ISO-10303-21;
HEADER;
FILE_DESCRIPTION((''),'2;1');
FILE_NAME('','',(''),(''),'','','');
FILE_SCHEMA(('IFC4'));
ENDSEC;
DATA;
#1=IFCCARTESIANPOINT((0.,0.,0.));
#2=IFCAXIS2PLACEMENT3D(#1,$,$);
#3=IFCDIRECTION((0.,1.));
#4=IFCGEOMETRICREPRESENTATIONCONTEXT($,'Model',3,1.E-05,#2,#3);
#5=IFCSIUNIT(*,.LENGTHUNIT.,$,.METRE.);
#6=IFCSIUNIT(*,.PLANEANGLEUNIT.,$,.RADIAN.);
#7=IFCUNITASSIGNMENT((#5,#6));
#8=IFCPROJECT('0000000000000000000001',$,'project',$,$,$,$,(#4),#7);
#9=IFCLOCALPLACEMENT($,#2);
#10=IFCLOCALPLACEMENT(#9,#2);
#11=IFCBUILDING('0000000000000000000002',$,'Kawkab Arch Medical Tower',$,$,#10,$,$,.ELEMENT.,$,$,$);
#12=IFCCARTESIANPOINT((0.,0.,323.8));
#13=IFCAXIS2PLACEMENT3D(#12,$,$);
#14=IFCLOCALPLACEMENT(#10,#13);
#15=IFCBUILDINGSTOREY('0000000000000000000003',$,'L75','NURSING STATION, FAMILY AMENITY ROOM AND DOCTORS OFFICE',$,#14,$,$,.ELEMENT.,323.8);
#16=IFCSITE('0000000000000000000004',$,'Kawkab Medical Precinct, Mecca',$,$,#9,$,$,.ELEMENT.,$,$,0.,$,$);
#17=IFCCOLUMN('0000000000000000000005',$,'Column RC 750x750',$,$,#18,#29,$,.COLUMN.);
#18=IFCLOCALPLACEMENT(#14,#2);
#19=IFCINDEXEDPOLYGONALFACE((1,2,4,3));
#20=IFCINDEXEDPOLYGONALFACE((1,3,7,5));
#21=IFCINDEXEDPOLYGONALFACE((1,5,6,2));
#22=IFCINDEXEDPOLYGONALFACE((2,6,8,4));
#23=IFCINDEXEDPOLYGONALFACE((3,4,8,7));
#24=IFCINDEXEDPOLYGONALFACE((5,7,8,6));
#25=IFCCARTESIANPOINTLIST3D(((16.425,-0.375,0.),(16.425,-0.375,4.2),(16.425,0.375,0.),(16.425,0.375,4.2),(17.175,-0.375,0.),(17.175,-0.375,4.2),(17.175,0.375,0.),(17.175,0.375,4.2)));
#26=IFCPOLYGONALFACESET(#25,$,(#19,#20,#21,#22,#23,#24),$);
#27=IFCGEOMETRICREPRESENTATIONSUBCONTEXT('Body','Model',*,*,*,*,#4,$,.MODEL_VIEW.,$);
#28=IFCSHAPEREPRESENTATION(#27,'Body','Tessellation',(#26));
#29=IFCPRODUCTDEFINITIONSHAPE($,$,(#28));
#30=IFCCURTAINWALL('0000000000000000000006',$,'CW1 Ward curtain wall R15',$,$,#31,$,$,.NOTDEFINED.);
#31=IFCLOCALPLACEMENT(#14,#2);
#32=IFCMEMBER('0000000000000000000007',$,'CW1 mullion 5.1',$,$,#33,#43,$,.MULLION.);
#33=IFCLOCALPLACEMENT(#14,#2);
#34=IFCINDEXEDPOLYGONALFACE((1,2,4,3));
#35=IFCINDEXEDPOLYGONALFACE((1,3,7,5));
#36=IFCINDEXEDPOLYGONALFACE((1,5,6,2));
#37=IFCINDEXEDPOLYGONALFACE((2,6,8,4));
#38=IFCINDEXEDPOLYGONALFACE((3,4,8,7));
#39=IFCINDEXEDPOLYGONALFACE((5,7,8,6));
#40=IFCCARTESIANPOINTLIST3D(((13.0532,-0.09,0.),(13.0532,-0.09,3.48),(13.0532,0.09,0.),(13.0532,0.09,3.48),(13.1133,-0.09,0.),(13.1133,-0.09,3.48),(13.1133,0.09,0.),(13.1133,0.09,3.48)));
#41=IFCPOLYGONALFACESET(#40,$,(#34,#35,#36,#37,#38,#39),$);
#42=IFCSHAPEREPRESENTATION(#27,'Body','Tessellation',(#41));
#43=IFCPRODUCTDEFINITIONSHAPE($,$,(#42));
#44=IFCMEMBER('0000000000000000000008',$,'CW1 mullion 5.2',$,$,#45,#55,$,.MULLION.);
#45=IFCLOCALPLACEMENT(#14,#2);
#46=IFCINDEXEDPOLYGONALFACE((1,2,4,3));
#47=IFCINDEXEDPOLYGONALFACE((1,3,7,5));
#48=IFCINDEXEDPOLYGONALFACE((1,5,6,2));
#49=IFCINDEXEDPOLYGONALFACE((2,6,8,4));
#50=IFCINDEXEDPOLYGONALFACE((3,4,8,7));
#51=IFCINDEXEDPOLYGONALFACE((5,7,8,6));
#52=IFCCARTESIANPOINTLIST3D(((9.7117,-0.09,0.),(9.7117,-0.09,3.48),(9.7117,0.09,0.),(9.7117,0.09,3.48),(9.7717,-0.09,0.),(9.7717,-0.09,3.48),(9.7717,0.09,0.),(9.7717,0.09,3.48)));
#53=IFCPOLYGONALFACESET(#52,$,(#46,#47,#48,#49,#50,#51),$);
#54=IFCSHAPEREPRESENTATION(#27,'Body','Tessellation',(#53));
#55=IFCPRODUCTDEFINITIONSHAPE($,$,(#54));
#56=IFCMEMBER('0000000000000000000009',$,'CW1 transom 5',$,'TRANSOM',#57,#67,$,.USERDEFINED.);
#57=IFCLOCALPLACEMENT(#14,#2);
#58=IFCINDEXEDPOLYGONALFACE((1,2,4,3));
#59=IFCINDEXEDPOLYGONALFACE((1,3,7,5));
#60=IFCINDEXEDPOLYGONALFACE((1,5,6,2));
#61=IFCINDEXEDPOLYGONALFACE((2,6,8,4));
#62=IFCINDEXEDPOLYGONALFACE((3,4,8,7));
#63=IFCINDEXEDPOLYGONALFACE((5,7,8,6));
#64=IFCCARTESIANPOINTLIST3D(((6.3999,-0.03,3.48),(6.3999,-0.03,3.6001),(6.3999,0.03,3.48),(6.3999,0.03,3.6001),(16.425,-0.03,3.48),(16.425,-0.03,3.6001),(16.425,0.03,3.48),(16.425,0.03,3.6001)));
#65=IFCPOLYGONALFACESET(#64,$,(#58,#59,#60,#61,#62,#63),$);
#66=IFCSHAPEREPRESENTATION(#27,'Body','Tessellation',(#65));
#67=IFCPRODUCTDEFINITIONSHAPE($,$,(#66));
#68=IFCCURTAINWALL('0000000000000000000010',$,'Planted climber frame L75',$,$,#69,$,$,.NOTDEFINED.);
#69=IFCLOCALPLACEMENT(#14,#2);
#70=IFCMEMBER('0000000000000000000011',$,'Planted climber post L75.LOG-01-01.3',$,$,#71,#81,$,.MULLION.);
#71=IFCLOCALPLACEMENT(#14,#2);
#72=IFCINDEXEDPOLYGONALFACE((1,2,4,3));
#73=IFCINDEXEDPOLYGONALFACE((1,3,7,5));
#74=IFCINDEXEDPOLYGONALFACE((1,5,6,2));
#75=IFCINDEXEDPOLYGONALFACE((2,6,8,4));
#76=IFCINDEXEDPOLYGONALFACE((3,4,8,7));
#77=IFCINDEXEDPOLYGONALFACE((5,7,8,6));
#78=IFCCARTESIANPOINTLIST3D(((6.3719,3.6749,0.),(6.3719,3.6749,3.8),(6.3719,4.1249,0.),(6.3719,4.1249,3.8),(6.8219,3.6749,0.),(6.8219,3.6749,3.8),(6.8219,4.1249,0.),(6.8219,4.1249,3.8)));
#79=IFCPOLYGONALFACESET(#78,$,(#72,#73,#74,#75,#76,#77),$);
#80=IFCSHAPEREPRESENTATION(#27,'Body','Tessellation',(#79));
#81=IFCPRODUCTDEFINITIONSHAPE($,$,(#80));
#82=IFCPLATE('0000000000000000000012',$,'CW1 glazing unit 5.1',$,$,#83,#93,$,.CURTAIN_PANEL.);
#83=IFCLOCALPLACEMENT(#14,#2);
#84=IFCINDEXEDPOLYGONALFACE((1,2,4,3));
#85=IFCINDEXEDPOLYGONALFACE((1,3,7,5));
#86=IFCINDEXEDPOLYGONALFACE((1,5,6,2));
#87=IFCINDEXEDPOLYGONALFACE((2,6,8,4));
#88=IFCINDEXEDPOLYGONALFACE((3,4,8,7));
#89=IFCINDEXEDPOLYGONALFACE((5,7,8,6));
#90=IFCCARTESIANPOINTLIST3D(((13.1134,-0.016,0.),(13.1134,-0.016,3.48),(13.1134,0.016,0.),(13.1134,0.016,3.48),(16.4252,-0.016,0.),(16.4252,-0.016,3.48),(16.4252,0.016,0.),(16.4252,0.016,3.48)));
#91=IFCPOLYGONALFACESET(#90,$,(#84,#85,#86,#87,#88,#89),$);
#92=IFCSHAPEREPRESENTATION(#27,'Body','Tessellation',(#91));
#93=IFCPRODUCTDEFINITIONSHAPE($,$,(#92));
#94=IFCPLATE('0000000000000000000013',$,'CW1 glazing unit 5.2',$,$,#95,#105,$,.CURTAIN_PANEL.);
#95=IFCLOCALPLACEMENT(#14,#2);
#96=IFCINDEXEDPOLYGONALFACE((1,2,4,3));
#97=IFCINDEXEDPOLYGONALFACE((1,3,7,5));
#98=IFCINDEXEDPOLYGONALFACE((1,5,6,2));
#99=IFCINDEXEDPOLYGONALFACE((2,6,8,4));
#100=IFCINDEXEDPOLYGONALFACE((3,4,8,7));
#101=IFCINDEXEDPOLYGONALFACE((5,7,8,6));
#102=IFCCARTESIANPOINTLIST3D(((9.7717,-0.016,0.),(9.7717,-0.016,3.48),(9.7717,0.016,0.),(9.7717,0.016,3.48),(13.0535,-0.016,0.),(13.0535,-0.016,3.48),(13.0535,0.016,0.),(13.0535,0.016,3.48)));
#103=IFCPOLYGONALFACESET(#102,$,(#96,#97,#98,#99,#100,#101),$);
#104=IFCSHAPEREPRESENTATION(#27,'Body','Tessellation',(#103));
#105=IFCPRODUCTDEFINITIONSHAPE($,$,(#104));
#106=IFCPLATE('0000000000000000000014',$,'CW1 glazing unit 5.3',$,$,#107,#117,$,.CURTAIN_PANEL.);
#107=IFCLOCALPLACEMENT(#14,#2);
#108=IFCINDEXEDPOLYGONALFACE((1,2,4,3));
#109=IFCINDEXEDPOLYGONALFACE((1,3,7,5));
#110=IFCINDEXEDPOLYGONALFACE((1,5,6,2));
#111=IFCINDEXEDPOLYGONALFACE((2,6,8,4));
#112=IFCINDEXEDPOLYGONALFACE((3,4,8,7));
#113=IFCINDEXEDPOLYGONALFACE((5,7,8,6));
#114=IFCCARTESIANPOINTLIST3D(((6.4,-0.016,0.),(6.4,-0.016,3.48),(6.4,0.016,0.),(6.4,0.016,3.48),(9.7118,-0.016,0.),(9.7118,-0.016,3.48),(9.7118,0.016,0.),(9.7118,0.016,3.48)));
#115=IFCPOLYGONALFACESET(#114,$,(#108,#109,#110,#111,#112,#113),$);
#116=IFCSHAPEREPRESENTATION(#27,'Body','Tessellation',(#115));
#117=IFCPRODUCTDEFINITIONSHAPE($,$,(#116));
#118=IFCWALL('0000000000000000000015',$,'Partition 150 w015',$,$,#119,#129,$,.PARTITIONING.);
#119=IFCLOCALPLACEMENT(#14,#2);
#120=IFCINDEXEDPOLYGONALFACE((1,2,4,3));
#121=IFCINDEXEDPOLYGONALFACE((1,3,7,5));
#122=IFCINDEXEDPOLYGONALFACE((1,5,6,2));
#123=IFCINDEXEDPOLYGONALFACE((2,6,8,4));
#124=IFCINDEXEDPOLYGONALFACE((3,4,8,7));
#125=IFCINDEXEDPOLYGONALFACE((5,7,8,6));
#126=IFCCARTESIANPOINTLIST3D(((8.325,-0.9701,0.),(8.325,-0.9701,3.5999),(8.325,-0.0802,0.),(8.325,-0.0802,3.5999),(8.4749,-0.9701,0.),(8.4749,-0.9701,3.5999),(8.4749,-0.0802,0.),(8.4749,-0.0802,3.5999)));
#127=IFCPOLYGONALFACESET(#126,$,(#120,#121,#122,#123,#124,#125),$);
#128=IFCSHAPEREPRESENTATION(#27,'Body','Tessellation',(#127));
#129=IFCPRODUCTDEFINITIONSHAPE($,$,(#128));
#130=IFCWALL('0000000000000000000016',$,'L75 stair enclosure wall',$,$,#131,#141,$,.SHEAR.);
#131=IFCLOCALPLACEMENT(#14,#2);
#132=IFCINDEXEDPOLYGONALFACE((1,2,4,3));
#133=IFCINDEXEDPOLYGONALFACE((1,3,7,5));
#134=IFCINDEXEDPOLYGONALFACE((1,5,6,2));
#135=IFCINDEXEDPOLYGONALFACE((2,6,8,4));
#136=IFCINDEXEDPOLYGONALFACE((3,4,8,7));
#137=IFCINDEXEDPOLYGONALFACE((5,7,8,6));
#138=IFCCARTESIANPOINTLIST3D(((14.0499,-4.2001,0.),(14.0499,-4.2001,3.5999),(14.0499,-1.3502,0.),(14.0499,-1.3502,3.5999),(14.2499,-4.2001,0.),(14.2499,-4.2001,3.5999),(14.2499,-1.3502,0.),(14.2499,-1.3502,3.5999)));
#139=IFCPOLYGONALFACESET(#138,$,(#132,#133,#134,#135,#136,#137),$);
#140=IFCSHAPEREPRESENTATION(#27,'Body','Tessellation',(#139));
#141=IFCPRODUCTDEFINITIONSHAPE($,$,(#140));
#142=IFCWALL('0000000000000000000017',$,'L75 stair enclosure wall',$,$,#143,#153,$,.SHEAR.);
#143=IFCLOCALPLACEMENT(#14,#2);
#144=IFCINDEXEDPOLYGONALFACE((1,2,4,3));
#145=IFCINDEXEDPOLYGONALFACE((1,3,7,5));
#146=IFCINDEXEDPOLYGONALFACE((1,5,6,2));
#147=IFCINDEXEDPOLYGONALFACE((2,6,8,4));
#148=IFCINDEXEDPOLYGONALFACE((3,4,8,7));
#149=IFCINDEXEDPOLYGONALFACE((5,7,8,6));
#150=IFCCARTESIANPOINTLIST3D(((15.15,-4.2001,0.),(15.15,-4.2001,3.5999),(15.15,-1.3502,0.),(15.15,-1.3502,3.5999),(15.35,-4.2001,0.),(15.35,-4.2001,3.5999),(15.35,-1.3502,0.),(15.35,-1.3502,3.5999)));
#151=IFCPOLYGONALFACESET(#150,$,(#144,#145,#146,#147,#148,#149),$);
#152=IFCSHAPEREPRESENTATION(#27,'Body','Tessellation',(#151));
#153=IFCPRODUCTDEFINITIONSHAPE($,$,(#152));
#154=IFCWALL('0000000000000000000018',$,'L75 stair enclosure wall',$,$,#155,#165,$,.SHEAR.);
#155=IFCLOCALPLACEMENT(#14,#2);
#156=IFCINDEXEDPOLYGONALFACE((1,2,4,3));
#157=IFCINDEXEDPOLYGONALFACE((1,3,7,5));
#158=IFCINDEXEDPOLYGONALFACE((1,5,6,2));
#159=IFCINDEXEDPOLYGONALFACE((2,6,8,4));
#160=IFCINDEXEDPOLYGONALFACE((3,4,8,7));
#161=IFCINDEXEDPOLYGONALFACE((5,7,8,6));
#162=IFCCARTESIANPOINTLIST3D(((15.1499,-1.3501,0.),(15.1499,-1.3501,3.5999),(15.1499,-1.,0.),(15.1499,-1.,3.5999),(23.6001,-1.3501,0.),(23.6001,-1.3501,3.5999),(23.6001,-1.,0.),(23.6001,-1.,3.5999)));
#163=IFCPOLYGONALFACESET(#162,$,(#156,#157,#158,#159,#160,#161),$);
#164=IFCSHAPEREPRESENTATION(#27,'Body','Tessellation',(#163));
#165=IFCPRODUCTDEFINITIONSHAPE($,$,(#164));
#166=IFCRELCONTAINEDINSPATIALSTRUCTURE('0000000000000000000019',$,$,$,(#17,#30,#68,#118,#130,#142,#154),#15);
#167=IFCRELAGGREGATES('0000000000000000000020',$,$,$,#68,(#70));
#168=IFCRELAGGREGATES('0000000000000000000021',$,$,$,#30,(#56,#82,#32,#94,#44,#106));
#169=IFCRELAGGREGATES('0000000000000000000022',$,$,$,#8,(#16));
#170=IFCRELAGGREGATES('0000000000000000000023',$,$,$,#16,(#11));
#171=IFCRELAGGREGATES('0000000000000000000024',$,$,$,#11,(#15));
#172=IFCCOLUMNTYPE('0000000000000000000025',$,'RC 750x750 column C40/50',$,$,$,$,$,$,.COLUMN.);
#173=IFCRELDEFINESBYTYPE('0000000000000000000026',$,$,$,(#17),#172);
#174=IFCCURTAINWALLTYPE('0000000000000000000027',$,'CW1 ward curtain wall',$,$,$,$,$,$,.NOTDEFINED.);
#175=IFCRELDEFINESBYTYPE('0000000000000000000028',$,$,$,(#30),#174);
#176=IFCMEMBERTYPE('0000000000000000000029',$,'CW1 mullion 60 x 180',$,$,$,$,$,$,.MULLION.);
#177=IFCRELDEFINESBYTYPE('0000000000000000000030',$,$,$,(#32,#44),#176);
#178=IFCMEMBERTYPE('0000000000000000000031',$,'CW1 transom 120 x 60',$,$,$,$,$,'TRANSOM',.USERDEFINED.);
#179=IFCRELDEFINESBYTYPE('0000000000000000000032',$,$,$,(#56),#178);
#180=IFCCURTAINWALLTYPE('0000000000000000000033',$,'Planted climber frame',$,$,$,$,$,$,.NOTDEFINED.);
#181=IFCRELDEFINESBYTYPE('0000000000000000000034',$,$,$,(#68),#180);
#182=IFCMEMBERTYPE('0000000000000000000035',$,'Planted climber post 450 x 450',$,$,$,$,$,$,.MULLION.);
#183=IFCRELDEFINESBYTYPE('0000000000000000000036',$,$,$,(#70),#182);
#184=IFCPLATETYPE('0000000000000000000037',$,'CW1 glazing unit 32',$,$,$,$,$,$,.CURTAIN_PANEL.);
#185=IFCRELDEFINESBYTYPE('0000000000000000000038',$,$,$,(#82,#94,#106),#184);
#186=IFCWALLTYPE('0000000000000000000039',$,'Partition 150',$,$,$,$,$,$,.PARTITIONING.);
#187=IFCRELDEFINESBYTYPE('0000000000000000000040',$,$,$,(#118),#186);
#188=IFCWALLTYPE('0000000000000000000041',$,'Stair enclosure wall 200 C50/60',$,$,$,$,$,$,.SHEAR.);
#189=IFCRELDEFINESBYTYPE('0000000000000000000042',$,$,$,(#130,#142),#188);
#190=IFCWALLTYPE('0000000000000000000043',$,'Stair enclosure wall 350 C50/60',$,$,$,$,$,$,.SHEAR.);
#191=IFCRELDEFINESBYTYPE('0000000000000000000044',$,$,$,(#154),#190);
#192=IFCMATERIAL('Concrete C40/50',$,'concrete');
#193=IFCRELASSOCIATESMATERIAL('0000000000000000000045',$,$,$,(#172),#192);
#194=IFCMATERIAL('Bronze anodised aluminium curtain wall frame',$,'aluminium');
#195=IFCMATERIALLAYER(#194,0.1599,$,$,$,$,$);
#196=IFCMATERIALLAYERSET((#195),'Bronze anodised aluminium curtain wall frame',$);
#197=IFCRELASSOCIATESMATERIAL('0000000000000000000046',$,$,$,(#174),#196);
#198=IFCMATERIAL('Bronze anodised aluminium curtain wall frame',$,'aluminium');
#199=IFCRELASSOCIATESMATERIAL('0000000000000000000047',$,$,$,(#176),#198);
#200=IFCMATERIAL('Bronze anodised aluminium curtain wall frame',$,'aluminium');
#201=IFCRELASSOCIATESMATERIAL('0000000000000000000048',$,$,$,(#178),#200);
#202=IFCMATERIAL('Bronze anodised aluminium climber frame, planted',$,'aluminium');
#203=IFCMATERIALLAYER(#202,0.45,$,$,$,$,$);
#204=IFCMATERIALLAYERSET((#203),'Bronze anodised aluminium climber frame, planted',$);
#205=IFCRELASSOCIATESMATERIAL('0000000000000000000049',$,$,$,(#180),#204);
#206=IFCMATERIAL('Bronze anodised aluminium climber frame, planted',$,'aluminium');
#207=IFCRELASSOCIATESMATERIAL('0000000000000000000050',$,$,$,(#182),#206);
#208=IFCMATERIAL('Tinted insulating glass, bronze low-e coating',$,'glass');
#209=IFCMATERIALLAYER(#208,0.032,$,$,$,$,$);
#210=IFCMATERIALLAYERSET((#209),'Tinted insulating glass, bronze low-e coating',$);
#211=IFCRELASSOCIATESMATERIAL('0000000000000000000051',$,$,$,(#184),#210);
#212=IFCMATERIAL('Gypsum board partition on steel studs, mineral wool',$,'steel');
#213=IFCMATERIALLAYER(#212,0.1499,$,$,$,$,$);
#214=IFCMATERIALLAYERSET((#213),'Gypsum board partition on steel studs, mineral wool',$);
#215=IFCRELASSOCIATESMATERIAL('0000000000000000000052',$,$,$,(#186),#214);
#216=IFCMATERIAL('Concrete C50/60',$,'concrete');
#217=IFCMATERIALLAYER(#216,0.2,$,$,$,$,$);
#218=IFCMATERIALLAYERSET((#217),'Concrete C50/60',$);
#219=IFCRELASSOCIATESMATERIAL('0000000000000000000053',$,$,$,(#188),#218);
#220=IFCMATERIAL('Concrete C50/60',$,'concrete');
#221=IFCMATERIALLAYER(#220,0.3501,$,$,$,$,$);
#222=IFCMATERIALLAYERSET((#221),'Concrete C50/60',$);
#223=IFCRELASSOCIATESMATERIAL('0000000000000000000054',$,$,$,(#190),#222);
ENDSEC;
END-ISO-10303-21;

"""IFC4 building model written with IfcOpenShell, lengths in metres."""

from ifc_helpers import new_model, si_unit, direction, frame, frame_2d, origin, origin_2d, place, context, subcontext, project, spatial, rectangle, extrude, material, layer, layer_set, material_profile, profile_set, type_object, element, aggregate, save


model = new_model("IFC4")

# Units and contexts
model_context = context("Model", 3, precision=1e-05, world=origin(), true_north=direction((0.0, 1.0)))
body_context = subcontext(model_context, "Body", "Model", "MODEL_VIEW")
ifc_project = project(units=[si_unit("LENGTHUNIT", "METRE"), si_unit("PLANEANGLEUNIT", "RADIAN")], contexts=[model_context])

# Site, building, storey
site_placement = place(None, origin())
site = spatial("IfcSite", under=ifc_project, at=site_placement, Name="Kawkab Medical Precinct, Mecca", CompositionType="ELEMENT", RefElevation=0.0)
building_placement = place(site_placement, origin())
building = spatial("IfcBuilding", under=site, at=building_placement, Name="Kawkab Arch Medical Tower", CompositionType="ELEMENT")
storey_placement = place(building_placement, frame((0.0, 0.0, 323.8)))
storey = spatial("IfcBuildingStorey", under=building, at=storey_placement, Name="L75", Description="NURSING STATION, FAMILY AMENITY ROOM AND DOCTORS OFFICE", CompositionType="ELEMENT", Elevation=323.8)

# Column
ifc_material_1 = material(Name="Concrete C40/50", Category="concrete")
ifc_material_profile_1 = material_profile(ifc_material_1, rectangle(XDim=0.75, YDim=0.75, at=origin_2d()), Name="RC 750x750")
ifc_profile_set_1 = profile_set([ifc_material_profile_1], Name="Concrete C40/50")
column_type = type_object("IfcColumnType", Name="RC 750x750 column C40/50", PredefinedType="COLUMN", material=ifc_profile_set_1)
column_placement = place(storey_placement, frame((16.8, 0.0, 0.0), z_axis=(0.0, 0.0, 1.0), x_axis=(1.0, 0.0, 0.0)))
element("IfcColumn", 1, at=column_placement, inside=storey, type_object=column_type, Name="Column RC 750x750", PredefinedType="COLUMN", context=body_context, shape_type="SweptSolid", body=[
    extrude(rectangle(XDim=0.75, YDim=0.75, at=origin_2d()), origin(), (0.0, 0.0, 1.0), 4.2),
])

# Curtain wall, members
ifc_material_2 = material(Name="Bronze anodised aluminium curtain wall frame", Category="aluminium")
ifc_layer_1 = layer(ifc_material_2, 0.1599)
ifc_layer_set_1 = layer_set([ifc_layer_1], Name="Bronze anodised aluminium curtain wall frame")
curtain_wall_type_1 = type_object("IfcCurtainWallType", Name="CW1 ward curtain wall", PredefinedType="NOTDEFINED", material=ifc_layer_set_1)
placement = place(storey_placement, origin())
curtain_wall_1 = element("IfcCurtainWall", 2, at=placement, inside=storey, type_object=curtain_wall_type_1, Name="CW1 Ward curtain wall R15", PredefinedType="NOTDEFINED")
ifc_material_3 = material(Name="Bronze anodised aluminium curtain wall frame", Category="aluminium")
ifc_material_profile_2 = material_profile(ifc_material_3, rectangle(XDim=0.1799, YDim=0.0601, at=origin_2d()), Name="AL 60x180")
ifc_profile_set_2 = profile_set([ifc_material_profile_2], Name="Bronze anodised aluminium curtain wall frame")
member_type_1 = type_object("IfcMemberType", Name="CW1 mullion 60 x 180", PredefinedType="MULLION", material=ifc_profile_set_2)
member_1_placement = place(storey_placement, frame((13.0833, 0.0, 0.0), z_axis=(0.0, 0.0, 1.0), x_axis=(0.0, -1.0, 0.0)))
member_1 = element("IfcMember", 3, at=member_1_placement, type_object=member_type_1, Name="CW1 mullion 5.1", PredefinedType="MULLION", context=body_context, shape_type="SweptSolid", body=[
    extrude(rectangle(XDim=0.1799, YDim=0.0601, at=origin_2d()), origin(), (0.0, 0.0, 1.0), 3.48),
])
member_2_placement = place(storey_placement, frame((9.7417, 0.0, 0.0), z_axis=(0.0, 0.0, 1.0), x_axis=(0.0, -1.0, 0.0)))
member_2 = element("IfcMember", 4, at=member_2_placement, type_object=member_type_1, Name="CW1 mullion 5.2", PredefinedType="MULLION", context=body_context, shape_type="SweptSolid", body=[
    extrude(rectangle(XDim=0.1799, YDim=0.0601, at=origin_2d()), origin(), (0.0, 0.0, 1.0), 3.48),
])
ifc_material_4 = material(Name="Bronze anodised aluminium curtain wall frame", Category="aluminium")
ifc_material_profile_3 = material_profile(ifc_material_4, rectangle(XDim=0.0601, YDim=0.1201, at=origin_2d()), Name="AL 60x120")
ifc_profile_set_3 = profile_set([ifc_material_profile_3], Name="Bronze anodised aluminium curtain wall frame")
member_type_2 = type_object("IfcMemberType", Name="CW1 transom 120 x 60", ElementType="TRANSOM", PredefinedType="USERDEFINED", material=ifc_profile_set_3)
member_3_placement = place(storey_placement, frame((16.425, 0.0, 3.54), z_axis=(-1.0, 0.0, 0.0), x_axis=(0.0, -1.0, 0.0)))
member_3 = element("IfcMember", 5, at=member_3_placement, type_object=member_type_2, Name="CW1 transom 5", ObjectType="TRANSOM", PredefinedType="USERDEFINED", context=body_context, shape_type="SweptSolid", body=[
    extrude(rectangle(XDim=0.0601, YDim=0.1201, at=origin_2d()), origin(), (0.0, 0.0, 1.0), 10.0251),
])

# Curtain wall, member
ifc_material_5 = material(Name="Bronze anodised aluminium climber frame, planted", Category="aluminium")
ifc_layer_2 = layer(ifc_material_5, 0.45)
ifc_layer_set_2 = layer_set([ifc_layer_2], Name="Bronze anodised aluminium climber frame, planted")
curtain_wall_type_2 = type_object("IfcCurtainWallType", Name="Planted climber frame", PredefinedType="NOTDEFINED", material=ifc_layer_set_2)
curtain_wall_2 = element("IfcCurtainWall", 6, at=placement, inside=storey, type_object=curtain_wall_type_2, Name="Planted climber frame L75", PredefinedType="NOTDEFINED")
ifc_material_6 = material(Name="Bronze anodised aluminium climber frame, planted", Category="aluminium")
ifc_material_profile_4 = material_profile(ifc_material_6, rectangle(XDim=0.45, YDim=0.45, at=origin_2d()), Name="Post 450x450")
ifc_profile_set_4 = profile_set([ifc_material_profile_4], Name="Bronze anodised aluminium climber frame, planted")
member_type_3 = type_object("IfcMemberType", Name="Planted climber post 450 x 450", PredefinedType="MULLION", material=ifc_profile_set_4)
member_4_placement = place(storey_placement, frame((6.5969, 3.8999, 0.0), z_axis=(0.0, 0.0, 1.0), x_axis=(1.0, 0.0, 0.0)))
member_4 = element("IfcMember", 7, at=member_4_placement, type_object=member_type_3, Name="Planted climber post L75.LOG-01-01.3", PredefinedType="MULLION", context=body_context, shape_type="SweptSolid", body=[
    extrude(rectangle(XDim=0.45, YDim=0.45, at=origin_2d()), origin(), (0.0, 0.0, 1.0), 3.8),
])
aggregate(curtain_wall_2, [member_4])

# Plates
ifc_material_7 = material(Name="Tinted insulating glass, bronze low-e coating", Category="glass")
ifc_layer_3 = layer(ifc_material_7, 0.032)
ifc_layer_set_3 = layer_set([ifc_layer_3], Name="Tinted insulating glass, bronze low-e coating")
plate_type = type_object("IfcPlateType", Name="CW1 glazing unit 32", PredefinedType="CURTAIN_PANEL", material=ifc_layer_set_3)
plate_1_placement = place(storey_placement, frame((14.7693, 0.0, 0.0), z_axis=(0.0, 0.0, 1.0), x_axis=(-1.0, 0.0, 0.0)))
plate_1 = element("IfcPlate", 8, at=plate_1_placement, type_object=plate_type, Name="CW1 glazing unit 5.1", PredefinedType="CURTAIN_PANEL", context=body_context, shape_type="SweptSolid", body=[
    extrude(rectangle(XDim=3.3118, YDim=0.032, at=origin_2d()), origin(), (0.0, 0.0, 1.0), 3.48),
])
plate_2_placement = place(storey_placement, frame((11.4126, 0.0, 0.0), z_axis=(0.0, 0.0, 1.0), x_axis=(-1.0, 0.0, 0.0)))
plate_2 = element("IfcPlate", 9, at=plate_2_placement, type_object=plate_type, Name="CW1 glazing unit 5.2", PredefinedType="CURTAIN_PANEL", context=body_context, shape_type="SweptSolid", body=[
    extrude(rectangle(XDim=3.2817, YDim=0.032, at=origin_2d()), origin(), (0.0, 0.0, 1.0), 3.48),
])
plate_3_placement = place(storey_placement, frame((8.0559, 0.0, 0.0), z_axis=(0.0, 0.0, 1.0), x_axis=(-1.0, 0.0, 0.0)))
plate_3 = element("IfcPlate", 10, at=plate_3_placement, type_object=plate_type, Name="CW1 glazing unit 5.3", PredefinedType="CURTAIN_PANEL", context=body_context, shape_type="SweptSolid", body=[
    extrude(rectangle(XDim=3.3118, YDim=0.032, at=origin_2d()), origin(), (0.0, 0.0, 1.0), 3.48),
])
aggregate(curtain_wall_1, [member_3, plate_1, member_1, plate_2, member_2, plate_3])

# Walls
ifc_material_8 = material(Name="Gypsum board partition on steel studs, mineral wool", Category="steel")
ifc_layer_4 = layer(ifc_material_8, 0.1499)
ifc_layer_set_4 = layer_set([ifc_layer_4], Name="Gypsum board partition on steel studs, mineral wool")
wall_type_1 = type_object("IfcWallType", Name="Partition 150", PredefinedType="PARTITIONING", material=ifc_layer_set_4)
wall_1_placement = place(storey_placement, frame((8.3999, -0.97, 0.0), z_axis=(0.0, 0.0, 1.0), x_axis=(0.0, 1.0, 0.0)))
element("IfcWall", 11, at=wall_1_placement, inside=storey, type_object=wall_type_1, Name="Partition 150 w015", PredefinedType="PARTITIONING", context=body_context, shape_type="SweptSolid", body=[
    extrude(rectangle(XDim=0.8899, YDim=0.1499, at=frame_2d((0.4448, 0.0))), origin(), (0.0, 0.0, 1.0), 3.5999),
])
ifc_material_9 = material(Name="Concrete C50/60", Category="concrete")
ifc_layer_5 = layer(ifc_material_9, 0.2)
ifc_layer_set_5 = layer_set([ifc_layer_5], Name="Concrete C50/60")
wall_type_2 = type_object("IfcWallType", Name="Stair enclosure wall 200 C50/60", PredefinedType="SHEAR", material=ifc_layer_set_5)
for number, where, z_axis, x_axis, name in (
    (12, (14.1499, -4.2, 0.0), (0.0, 0.0, 1.0), (0.0, 1.0, 0.0), "L75 stair enclosure wall"),
    (13, (15.25, -4.2, 0.0), (0.0, 0.0, 1.0), (0.0, 1.0, 0.0), "L75 stair enclosure wall"),
):
    element("IfcWall", number, at=place(storey_placement, frame(where, z_axis=z_axis, x_axis=x_axis)), inside=storey, type_object=wall_type_2, Name=name, PredefinedType="SHEAR", context=body_context, shape_type="SweptSolid", body=[
        extrude(rectangle(XDim=2.8499, YDim=0.2, at=frame_2d((1.4248, 0.0))), origin(), (0.0, 0.0, 1.0), 3.5999),
    ])
ifc_material_10 = material(Name="Concrete C50/60", Category="concrete")
ifc_layer_6 = layer(ifc_material_10, 0.3501)
ifc_layer_set_6 = layer_set([ifc_layer_6], Name="Concrete C50/60")
wall_type_3 = type_object("IfcWallType", Name="Stair enclosure wall 350 C50/60", PredefinedType="SHEAR", material=ifc_layer_set_6)
wall_2_placement = place(storey_placement, frame((15.1499, -1.175, 0.0), z_axis=(0.0, 0.0, 1.0), x_axis=(1.0, 0.0, 0.0)))
element("IfcWall", 14, at=wall_2_placement, inside=storey, type_object=wall_type_3, Name="L75 stair enclosure wall", PredefinedType="SHEAR", context=body_context, shape_type="SweptSolid", body=[
    extrude(rectangle(XDim=8.4502, YDim=0.3501, at=frame_2d((4.2251, 0.0))), origin(), (0.0, 0.0, 1.0), 3.5999),
])

save(model, "model.ifc")
